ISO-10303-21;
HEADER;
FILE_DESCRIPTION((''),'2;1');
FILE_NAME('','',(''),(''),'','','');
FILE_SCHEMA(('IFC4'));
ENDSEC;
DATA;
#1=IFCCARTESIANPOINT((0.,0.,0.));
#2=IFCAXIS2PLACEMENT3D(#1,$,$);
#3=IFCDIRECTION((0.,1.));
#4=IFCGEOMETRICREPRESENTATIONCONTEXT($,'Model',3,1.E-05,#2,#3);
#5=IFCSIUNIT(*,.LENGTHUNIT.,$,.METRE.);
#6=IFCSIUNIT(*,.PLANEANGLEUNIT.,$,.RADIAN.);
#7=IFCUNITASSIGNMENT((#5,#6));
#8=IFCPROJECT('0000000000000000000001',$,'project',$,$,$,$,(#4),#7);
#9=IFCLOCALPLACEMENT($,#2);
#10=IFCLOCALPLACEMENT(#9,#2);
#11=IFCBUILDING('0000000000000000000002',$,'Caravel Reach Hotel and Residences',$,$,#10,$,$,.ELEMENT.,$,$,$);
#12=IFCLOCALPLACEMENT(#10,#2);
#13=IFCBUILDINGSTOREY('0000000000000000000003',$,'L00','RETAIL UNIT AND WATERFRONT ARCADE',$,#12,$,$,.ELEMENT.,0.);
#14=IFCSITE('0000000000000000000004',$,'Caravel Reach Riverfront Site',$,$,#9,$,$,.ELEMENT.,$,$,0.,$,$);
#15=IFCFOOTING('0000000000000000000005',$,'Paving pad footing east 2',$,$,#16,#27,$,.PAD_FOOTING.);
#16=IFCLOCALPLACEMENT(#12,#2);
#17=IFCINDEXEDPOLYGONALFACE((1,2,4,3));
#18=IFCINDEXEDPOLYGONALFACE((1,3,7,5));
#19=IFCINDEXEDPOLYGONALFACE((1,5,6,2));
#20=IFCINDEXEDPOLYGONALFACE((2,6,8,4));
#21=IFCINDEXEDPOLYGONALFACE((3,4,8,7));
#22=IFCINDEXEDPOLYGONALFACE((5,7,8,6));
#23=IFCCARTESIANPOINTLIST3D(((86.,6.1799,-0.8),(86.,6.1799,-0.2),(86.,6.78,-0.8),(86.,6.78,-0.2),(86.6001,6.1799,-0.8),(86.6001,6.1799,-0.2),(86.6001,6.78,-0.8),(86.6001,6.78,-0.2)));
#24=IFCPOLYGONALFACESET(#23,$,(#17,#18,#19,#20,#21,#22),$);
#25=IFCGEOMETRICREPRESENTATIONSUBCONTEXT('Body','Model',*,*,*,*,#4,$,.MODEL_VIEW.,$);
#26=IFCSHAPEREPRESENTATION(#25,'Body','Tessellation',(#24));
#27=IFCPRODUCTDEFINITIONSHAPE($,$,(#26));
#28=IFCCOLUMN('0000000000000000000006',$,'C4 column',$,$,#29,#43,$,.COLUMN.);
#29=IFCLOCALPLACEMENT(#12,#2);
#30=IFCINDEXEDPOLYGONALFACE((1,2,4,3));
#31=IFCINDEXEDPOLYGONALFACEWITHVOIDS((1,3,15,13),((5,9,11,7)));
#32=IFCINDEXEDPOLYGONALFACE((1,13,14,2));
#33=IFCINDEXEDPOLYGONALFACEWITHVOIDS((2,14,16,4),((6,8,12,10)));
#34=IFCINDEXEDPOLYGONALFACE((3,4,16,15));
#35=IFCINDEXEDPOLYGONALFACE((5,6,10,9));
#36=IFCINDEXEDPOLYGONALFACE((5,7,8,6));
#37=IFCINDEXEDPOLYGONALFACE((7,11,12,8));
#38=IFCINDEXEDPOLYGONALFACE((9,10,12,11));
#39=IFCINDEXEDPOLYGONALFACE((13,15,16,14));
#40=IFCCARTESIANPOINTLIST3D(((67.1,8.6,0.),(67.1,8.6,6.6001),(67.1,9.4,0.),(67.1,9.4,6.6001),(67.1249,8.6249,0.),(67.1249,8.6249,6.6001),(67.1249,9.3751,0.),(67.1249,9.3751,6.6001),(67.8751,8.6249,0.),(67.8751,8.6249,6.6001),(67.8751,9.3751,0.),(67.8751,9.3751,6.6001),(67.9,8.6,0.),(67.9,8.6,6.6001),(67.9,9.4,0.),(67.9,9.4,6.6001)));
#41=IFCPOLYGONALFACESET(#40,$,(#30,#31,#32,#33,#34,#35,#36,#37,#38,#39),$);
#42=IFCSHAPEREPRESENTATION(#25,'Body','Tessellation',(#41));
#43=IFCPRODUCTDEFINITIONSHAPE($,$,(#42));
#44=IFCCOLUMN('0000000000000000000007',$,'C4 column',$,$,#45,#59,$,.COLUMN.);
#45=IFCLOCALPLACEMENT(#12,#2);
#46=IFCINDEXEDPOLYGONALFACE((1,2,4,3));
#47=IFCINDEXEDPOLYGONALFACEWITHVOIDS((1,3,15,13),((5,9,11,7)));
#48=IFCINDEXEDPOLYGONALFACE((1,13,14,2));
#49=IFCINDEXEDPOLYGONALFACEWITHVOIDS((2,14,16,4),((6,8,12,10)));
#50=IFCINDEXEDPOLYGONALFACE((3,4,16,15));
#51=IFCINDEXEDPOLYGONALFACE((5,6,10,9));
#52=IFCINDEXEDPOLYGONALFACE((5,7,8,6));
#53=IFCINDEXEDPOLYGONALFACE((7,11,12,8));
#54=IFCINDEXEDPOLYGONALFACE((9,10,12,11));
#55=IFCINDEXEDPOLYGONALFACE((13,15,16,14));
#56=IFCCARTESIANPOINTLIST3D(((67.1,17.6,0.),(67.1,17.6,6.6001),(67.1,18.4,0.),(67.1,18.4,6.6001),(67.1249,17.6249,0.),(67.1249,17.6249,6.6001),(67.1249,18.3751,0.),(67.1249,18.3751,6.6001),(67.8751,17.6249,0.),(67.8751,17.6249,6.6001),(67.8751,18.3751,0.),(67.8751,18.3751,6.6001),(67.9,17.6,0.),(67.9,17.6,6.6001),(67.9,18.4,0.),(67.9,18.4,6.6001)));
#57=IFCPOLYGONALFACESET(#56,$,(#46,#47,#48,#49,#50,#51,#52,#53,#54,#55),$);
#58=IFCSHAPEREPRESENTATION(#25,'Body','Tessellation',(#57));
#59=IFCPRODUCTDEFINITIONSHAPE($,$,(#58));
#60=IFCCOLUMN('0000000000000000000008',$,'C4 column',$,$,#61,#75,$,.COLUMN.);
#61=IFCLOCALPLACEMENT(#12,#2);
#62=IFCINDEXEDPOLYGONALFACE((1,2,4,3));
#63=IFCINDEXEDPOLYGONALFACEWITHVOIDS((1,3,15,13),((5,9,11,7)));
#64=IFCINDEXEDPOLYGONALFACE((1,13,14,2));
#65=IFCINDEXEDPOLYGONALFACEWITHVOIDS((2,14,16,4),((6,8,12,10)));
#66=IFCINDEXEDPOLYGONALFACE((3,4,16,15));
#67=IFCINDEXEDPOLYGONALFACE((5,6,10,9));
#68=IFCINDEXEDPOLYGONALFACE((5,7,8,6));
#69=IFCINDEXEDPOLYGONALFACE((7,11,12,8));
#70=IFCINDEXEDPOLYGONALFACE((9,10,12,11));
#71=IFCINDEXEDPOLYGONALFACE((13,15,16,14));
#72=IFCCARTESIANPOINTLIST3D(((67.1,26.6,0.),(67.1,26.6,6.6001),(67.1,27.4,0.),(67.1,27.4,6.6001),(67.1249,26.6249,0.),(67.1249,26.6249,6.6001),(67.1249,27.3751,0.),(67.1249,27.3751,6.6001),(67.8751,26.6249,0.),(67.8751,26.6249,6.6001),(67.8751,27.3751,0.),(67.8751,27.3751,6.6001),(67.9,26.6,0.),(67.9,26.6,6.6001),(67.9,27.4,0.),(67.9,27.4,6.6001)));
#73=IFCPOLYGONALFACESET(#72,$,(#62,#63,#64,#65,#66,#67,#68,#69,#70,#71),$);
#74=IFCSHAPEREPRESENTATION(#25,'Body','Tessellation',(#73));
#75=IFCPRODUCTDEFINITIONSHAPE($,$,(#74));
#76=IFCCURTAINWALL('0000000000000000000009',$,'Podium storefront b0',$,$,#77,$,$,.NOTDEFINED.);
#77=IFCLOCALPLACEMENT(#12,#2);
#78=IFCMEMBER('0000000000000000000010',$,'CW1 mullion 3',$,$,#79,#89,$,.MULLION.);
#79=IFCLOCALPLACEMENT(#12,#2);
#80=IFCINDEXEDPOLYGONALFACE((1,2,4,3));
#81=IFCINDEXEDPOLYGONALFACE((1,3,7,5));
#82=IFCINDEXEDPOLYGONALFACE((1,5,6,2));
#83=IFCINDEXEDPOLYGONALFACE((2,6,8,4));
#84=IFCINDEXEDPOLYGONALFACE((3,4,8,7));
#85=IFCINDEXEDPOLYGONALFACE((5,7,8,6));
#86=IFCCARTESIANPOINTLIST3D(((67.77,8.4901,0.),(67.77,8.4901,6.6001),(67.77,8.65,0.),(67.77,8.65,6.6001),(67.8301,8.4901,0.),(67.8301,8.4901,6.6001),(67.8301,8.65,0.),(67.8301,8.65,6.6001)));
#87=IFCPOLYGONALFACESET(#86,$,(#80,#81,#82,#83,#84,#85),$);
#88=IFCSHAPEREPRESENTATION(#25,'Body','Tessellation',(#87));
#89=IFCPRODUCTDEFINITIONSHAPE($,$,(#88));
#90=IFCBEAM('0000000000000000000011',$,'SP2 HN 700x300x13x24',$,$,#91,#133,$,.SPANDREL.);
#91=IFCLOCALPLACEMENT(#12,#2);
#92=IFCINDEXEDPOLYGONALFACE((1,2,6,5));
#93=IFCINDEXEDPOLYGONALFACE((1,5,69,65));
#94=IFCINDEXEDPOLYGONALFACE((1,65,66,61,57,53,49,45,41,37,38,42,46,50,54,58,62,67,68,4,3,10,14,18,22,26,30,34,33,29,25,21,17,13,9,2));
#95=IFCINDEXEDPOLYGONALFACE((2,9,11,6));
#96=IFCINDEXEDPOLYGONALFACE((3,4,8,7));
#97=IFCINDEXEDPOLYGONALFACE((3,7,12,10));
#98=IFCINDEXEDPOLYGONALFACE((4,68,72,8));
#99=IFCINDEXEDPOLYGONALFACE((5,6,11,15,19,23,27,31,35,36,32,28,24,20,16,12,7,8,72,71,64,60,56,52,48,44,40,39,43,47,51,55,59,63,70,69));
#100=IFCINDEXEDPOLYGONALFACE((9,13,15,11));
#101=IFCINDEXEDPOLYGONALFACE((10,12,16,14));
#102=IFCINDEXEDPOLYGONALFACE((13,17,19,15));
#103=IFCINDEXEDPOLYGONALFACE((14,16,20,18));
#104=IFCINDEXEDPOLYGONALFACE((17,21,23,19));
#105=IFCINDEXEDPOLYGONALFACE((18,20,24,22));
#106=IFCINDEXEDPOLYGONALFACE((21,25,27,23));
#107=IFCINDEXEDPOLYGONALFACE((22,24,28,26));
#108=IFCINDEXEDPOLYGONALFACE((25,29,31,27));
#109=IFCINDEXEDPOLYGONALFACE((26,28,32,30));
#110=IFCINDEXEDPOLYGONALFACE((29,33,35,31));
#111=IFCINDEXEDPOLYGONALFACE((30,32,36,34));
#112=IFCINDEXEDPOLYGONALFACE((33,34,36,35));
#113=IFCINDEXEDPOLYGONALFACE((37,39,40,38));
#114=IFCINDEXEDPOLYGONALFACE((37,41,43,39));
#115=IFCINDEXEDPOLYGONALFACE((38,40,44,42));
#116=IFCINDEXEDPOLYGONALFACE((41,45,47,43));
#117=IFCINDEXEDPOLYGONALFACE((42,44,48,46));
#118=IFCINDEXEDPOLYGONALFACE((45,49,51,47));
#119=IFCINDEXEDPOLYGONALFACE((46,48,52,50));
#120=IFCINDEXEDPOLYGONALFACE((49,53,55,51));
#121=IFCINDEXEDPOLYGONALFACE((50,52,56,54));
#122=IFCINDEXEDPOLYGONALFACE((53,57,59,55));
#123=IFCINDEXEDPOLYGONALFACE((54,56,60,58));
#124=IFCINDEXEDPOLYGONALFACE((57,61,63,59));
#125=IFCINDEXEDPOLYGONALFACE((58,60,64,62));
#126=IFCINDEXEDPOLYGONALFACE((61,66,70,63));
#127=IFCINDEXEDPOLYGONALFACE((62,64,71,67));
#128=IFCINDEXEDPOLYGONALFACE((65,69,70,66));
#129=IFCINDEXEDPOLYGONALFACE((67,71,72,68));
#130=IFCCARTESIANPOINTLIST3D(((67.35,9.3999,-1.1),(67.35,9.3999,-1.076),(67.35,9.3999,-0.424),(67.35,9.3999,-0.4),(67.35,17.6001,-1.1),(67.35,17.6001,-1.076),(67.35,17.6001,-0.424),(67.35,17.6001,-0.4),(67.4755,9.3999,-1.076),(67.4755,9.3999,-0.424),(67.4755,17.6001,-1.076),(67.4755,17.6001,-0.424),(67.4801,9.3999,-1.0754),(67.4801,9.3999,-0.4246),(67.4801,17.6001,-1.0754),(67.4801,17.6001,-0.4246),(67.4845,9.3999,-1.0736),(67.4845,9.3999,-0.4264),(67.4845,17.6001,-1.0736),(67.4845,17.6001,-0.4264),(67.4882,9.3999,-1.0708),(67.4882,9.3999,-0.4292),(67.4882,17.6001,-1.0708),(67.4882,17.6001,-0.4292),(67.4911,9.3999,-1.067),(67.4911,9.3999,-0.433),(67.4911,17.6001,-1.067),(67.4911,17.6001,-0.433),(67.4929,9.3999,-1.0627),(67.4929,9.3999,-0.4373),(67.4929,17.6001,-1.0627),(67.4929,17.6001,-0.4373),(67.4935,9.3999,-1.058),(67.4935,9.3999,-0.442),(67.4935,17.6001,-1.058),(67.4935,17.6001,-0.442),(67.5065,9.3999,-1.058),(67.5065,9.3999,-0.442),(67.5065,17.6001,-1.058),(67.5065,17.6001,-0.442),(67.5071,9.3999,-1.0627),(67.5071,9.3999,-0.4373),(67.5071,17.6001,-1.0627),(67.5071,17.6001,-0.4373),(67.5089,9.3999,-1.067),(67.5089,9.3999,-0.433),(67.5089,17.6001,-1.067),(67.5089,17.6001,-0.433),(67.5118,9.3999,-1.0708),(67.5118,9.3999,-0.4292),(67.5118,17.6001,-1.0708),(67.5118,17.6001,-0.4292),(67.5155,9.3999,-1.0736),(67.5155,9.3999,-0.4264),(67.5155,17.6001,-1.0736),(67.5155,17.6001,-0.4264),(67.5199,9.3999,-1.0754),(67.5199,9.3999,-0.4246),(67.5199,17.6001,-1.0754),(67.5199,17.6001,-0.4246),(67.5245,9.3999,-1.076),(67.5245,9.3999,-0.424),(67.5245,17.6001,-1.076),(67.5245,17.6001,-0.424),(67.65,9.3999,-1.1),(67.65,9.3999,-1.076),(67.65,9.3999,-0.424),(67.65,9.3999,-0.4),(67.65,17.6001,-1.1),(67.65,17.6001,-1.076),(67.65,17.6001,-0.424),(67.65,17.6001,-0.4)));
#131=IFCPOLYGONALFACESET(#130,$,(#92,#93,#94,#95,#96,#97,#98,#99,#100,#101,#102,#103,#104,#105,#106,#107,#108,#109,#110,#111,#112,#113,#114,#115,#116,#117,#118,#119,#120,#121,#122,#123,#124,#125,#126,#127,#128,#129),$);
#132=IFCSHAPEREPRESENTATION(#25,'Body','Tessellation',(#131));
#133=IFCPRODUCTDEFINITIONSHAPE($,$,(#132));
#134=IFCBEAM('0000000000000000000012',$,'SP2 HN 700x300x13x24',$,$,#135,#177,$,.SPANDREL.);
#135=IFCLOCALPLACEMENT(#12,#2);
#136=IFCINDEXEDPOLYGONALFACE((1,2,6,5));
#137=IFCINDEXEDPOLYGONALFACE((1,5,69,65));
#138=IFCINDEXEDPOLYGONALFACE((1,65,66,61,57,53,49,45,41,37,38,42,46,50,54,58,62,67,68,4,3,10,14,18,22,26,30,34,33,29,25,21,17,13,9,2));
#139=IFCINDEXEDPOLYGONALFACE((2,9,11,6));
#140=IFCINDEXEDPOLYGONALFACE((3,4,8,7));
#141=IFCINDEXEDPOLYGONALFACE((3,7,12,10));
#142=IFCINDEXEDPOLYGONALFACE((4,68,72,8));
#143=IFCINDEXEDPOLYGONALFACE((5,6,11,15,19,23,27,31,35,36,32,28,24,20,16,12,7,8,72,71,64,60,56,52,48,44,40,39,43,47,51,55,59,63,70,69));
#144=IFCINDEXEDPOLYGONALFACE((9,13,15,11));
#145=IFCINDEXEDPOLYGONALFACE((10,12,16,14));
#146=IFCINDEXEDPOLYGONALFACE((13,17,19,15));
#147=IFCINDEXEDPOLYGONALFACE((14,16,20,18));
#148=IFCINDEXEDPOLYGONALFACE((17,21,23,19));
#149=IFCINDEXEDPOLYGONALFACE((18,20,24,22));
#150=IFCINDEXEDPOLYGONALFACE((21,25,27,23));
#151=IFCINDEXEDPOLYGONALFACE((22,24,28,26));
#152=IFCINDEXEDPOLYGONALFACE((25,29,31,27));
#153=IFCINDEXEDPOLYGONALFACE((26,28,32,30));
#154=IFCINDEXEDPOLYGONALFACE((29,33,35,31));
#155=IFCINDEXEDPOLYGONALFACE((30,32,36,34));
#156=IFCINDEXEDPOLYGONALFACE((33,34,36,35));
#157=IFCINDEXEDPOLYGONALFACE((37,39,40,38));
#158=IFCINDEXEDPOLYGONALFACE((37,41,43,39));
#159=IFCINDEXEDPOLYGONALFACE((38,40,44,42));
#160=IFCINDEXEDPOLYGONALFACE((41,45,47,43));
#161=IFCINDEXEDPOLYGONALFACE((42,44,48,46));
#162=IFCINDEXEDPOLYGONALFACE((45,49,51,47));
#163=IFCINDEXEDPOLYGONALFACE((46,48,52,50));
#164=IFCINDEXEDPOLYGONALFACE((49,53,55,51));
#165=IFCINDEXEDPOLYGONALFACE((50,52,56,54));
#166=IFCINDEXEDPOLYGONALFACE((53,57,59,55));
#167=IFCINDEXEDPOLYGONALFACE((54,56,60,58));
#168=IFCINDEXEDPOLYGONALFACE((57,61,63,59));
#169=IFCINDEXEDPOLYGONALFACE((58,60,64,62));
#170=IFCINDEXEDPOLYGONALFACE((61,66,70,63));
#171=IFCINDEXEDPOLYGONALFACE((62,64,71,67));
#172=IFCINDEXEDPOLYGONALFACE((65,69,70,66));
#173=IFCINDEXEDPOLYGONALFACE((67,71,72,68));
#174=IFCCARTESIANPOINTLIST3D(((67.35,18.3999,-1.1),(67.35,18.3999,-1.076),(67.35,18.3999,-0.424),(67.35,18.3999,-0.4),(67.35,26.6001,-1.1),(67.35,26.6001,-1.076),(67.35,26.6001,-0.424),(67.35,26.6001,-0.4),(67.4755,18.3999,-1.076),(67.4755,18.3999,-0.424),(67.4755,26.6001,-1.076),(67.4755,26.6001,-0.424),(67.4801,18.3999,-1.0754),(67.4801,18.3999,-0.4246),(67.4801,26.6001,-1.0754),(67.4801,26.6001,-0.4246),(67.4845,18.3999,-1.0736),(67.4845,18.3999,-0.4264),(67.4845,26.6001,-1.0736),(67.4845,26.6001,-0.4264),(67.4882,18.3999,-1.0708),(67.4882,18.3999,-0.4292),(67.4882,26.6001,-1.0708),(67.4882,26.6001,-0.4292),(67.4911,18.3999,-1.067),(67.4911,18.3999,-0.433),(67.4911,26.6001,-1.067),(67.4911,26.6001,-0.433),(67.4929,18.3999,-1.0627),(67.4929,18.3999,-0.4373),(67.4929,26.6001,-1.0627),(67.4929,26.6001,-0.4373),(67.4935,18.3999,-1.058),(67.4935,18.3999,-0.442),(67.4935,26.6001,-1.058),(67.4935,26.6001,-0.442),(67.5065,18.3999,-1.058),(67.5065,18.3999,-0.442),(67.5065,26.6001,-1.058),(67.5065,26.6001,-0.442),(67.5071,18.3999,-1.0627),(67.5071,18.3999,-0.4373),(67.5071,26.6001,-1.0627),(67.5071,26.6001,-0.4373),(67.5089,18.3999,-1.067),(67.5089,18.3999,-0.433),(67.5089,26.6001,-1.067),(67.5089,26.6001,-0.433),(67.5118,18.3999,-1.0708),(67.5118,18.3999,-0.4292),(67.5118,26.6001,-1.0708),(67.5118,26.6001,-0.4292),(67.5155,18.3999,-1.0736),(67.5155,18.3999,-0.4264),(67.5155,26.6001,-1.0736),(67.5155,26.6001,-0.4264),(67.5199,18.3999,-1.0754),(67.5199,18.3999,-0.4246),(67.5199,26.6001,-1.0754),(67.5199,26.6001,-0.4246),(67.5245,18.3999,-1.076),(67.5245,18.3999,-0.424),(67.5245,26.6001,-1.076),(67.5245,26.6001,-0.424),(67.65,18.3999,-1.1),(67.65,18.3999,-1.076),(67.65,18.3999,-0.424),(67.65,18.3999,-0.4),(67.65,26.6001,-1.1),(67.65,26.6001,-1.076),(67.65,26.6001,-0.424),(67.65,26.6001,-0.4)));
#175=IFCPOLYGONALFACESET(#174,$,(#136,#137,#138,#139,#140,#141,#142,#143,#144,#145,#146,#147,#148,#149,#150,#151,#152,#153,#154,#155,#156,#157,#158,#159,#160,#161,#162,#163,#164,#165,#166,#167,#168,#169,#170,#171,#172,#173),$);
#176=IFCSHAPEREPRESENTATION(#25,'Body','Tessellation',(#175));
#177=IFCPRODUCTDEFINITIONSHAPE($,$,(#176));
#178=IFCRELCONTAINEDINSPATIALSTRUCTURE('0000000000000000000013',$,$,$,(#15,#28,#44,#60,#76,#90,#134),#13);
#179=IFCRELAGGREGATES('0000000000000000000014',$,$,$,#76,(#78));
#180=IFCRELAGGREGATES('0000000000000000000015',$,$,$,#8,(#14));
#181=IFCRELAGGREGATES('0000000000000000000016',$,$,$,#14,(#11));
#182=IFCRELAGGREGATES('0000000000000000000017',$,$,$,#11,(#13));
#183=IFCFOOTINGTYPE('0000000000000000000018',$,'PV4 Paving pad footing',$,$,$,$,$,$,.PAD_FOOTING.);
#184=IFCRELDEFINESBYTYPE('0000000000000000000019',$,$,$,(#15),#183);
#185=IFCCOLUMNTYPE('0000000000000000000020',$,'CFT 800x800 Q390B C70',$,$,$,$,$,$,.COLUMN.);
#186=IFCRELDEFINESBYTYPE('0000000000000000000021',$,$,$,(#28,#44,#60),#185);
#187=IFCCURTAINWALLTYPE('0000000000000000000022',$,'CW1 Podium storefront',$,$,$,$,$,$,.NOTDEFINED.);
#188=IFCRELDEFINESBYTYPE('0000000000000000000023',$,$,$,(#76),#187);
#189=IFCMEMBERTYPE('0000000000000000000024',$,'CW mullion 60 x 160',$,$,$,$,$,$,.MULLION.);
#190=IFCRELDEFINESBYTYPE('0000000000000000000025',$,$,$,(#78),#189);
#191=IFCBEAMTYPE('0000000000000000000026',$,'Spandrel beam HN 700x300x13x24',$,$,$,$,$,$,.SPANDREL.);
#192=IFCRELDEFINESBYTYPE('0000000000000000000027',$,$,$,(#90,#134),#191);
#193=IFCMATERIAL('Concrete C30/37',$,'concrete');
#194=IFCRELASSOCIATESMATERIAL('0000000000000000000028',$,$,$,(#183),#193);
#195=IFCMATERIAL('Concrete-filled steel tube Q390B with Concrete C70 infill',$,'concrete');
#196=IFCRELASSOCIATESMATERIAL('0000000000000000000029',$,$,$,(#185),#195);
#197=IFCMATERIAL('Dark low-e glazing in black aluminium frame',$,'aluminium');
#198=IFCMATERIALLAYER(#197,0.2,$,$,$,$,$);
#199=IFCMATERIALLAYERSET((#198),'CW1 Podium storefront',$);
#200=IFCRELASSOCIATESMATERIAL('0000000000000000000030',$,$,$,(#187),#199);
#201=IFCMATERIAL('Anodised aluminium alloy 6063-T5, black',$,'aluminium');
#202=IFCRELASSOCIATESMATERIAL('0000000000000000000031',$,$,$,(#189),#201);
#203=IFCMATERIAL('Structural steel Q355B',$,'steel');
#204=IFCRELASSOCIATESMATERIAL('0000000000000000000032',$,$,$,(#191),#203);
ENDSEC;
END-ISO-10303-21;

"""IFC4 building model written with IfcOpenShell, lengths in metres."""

from ifc_helpers import new_model, si_unit, direction, frame, origin, origin_2d, place, context, subcontext, project, spatial, rectangle, hollow_rectangle, i_section, extrude, material, layer, layer_set, material_profile, profile_set, type_object, element, aggregate, save


model = new_model("IFC4")

# Units and contexts
model_context = context("Model", 3, precision=1e-05, world=origin(), true_north=direction((0.0, 1.0)))
body_context = subcontext(model_context, "Body", "Model", "MODEL_VIEW")
ifc_project = project(units=[si_unit("LENGTHUNIT", "METRE"), si_unit("PLANEANGLEUNIT", "RADIAN")], contexts=[model_context])

# Site, building, storey
site_placement = place(None, origin())
site = spatial("IfcSite", under=ifc_project, at=site_placement, Name="Caravel Reach Riverfront Site", CompositionType="ELEMENT", RefElevation=0.0)
building_placement = place(site_placement, origin())
building = spatial("IfcBuilding", under=site, at=building_placement, Name="Caravel Reach Hotel and Residences", CompositionType="ELEMENT")
storey_placement = place(building_placement, origin())
storey = spatial("IfcBuildingStorey", under=building, at=storey_placement, Name="L00", Description="RETAIL UNIT AND WATERFRONT ARCADE", CompositionType="ELEMENT", Elevation=0.0)

# Footing
ifc_material_1 = material(Name="Concrete C30/37", Category="concrete")
footing_type = type_object("IfcFootingType", Name="PV4 Paving pad footing", PredefinedType="PAD_FOOTING", material=ifc_material_1)
footing_placement = place(storey_placement, frame((86.3, 6.48, -0.8), z_axis=(0.0, 0.0, 1.0), x_axis=(1.0, 0.0, 0.0)))
element("IfcFooting", 1, at=footing_placement, inside=storey, type_object=footing_type, Name="Paving pad footing east 2", PredefinedType="PAD_FOOTING", context=body_context, shape_type="SweptSolid", body=[
    extrude(rectangle(XDim=0.6001, YDim=0.6001, at=origin_2d()), origin(), (0.0, 0.0, 1.0), 0.6001),
])

# Columns
ifc_material_2 = material(Name="Concrete-filled steel tube Q390B with Concrete C70 infill", Category="concrete")
ifc_material_profile_1 = material_profile(ifc_material_2, hollow_rectangle(XDim=0.8, YDim=0.8, WallThickness=0.0249, at=origin_2d()), Name="RHS 800x800x25")
ifc_profile_set_1 = profile_set([ifc_material_profile_1], Name="Concrete-filled steel tube Q390B with Concrete C70 infill")
column_type = type_object("IfcColumnType", Name="CFT 800x800 Q390B C70", PredefinedType="COLUMN", material=ifc_profile_set_1)
for number, where, z_axis, x_axis, name in (
    (2, (67.5, 9.0, 0.0), (0.0, 0.0, 1.0), (1.0, 0.0, 0.0), "C4 column"),
    (3, (67.5, 18.0, 0.0), (0.0, 0.0, 1.0), (1.0, 0.0, 0.0), "C4 column"),
    (4, (67.5, 27.0, 0.0), (0.0, 0.0, 1.0), (1.0, 0.0, 0.0), "C4 column"),
):
    element("IfcColumn", number, at=place(storey_placement, frame(where, z_axis=z_axis, x_axis=x_axis)), inside=storey, type_object=column_type, Name=name, PredefinedType="COLUMN", context=body_context, shape_type="SweptSolid", body=[
        extrude(hollow_rectangle(XDim=0.8, YDim=0.8, WallThickness=0.0249, at=origin_2d()), origin(), (0.0, 0.0, 1.0), 6.6001),
    ])

# Curtain wall, member
ifc_material_3 = material(Name="Dark low-e glazing in black aluminium frame", Category="aluminium")
ifc_layer_1 = layer(ifc_material_3, 0.2)
ifc_layer_set_1 = layer_set([ifc_layer_1], Name="CW1 Podium storefront")
curtain_wall_type = type_object("IfcCurtainWallType", Name="CW1 Podium storefront", PredefinedType="NOTDEFINED", material=ifc_layer_set_1)
curtain_wall_placement = place(storey_placement, origin())
curtain_wall = element("IfcCurtainWall", 5, at=curtain_wall_placement, inside=storey, type_object=curtain_wall_type, Name="Podium storefront b0", PredefinedType="NOTDEFINED")
ifc_material_4 = material(Name="Anodised aluminium alloy 6063-T5, black", Category="aluminium")
ifc_material_profile_2 = material_profile(ifc_material_4, rectangle(XDim=0.0601, YDim=0.1599, at=origin_2d()), Name="CW mullion 60 x 160")
ifc_profile_set_2 = profile_set([ifc_material_profile_2], Name="Anodised aluminium alloy 6063-T5, black")
member_type = type_object("IfcMemberType", Name="CW mullion 60 x 160", PredefinedType="MULLION", material=ifc_profile_set_2)
member_placement = place(storey_placement, frame((67.8, 8.5701, 0.0), z_axis=(0.0, 0.0, 1.0), x_axis=(-1.0, 0.0, 0.0)))
member = element("IfcMember", 6, at=member_placement, type_object=member_type, Name="CW1 mullion 3", PredefinedType="MULLION", context=body_context, shape_type="SweptSolid", body=[
    extrude(rectangle(XDim=0.0601, YDim=0.1599, at=origin_2d()), origin(), (0.0, 0.0, 1.0), 6.6001),
])

# Beams
ifc_material_5 = material(Name="Structural steel Q355B", Category="steel")
ifc_material_profile_3 = material_profile(ifc_material_5, i_section(OverallWidth=0.3, OverallDepth=0.7, WebThickness=0.0129, FlangeThickness=0.0239, FilletRadius=0.0181, at=origin_2d()), Name="HN 700x300x13x24")
ifc_profile_set_3 = profile_set([ifc_material_profile_3], Name="Structural steel Q355B")
beam_type = type_object("IfcBeamType", Name="Spandrel beam HN 700x300x13x24", PredefinedType="SPANDREL", material=ifc_profile_set_3)
for number, where, z_axis, x_axis, name in (
    (7, (67.5, 9.3999, -0.75), (0.0, 1.0, 0.0), (-1.0, 0.0, 0.0), "SP2 HN 700x300x13x24"),
    (8, (67.5, 18.3999, -0.75), (0.0, 1.0, 0.0), (-1.0, 0.0, 0.0), "SP2 HN 700x300x13x24"),
):
    element("IfcBeam", number, at=place(storey_placement, frame(where, z_axis=z_axis, x_axis=x_axis)), inside=storey, type_object=beam_type, Name=name, PredefinedType="SPANDREL", context=body_context, shape_type="SweptSolid", body=[
        extrude(i_section(OverallWidth=0.3, OverallDepth=0.7, WebThickness=0.0129, FlangeThickness=0.0239, FilletRadius=0.0181, at=origin_2d()), origin(), (0.0, 0.0, 1.0), 8.2002),
    ])

aggregate(curtain_wall, [member])

save(model, "model.ifc")
